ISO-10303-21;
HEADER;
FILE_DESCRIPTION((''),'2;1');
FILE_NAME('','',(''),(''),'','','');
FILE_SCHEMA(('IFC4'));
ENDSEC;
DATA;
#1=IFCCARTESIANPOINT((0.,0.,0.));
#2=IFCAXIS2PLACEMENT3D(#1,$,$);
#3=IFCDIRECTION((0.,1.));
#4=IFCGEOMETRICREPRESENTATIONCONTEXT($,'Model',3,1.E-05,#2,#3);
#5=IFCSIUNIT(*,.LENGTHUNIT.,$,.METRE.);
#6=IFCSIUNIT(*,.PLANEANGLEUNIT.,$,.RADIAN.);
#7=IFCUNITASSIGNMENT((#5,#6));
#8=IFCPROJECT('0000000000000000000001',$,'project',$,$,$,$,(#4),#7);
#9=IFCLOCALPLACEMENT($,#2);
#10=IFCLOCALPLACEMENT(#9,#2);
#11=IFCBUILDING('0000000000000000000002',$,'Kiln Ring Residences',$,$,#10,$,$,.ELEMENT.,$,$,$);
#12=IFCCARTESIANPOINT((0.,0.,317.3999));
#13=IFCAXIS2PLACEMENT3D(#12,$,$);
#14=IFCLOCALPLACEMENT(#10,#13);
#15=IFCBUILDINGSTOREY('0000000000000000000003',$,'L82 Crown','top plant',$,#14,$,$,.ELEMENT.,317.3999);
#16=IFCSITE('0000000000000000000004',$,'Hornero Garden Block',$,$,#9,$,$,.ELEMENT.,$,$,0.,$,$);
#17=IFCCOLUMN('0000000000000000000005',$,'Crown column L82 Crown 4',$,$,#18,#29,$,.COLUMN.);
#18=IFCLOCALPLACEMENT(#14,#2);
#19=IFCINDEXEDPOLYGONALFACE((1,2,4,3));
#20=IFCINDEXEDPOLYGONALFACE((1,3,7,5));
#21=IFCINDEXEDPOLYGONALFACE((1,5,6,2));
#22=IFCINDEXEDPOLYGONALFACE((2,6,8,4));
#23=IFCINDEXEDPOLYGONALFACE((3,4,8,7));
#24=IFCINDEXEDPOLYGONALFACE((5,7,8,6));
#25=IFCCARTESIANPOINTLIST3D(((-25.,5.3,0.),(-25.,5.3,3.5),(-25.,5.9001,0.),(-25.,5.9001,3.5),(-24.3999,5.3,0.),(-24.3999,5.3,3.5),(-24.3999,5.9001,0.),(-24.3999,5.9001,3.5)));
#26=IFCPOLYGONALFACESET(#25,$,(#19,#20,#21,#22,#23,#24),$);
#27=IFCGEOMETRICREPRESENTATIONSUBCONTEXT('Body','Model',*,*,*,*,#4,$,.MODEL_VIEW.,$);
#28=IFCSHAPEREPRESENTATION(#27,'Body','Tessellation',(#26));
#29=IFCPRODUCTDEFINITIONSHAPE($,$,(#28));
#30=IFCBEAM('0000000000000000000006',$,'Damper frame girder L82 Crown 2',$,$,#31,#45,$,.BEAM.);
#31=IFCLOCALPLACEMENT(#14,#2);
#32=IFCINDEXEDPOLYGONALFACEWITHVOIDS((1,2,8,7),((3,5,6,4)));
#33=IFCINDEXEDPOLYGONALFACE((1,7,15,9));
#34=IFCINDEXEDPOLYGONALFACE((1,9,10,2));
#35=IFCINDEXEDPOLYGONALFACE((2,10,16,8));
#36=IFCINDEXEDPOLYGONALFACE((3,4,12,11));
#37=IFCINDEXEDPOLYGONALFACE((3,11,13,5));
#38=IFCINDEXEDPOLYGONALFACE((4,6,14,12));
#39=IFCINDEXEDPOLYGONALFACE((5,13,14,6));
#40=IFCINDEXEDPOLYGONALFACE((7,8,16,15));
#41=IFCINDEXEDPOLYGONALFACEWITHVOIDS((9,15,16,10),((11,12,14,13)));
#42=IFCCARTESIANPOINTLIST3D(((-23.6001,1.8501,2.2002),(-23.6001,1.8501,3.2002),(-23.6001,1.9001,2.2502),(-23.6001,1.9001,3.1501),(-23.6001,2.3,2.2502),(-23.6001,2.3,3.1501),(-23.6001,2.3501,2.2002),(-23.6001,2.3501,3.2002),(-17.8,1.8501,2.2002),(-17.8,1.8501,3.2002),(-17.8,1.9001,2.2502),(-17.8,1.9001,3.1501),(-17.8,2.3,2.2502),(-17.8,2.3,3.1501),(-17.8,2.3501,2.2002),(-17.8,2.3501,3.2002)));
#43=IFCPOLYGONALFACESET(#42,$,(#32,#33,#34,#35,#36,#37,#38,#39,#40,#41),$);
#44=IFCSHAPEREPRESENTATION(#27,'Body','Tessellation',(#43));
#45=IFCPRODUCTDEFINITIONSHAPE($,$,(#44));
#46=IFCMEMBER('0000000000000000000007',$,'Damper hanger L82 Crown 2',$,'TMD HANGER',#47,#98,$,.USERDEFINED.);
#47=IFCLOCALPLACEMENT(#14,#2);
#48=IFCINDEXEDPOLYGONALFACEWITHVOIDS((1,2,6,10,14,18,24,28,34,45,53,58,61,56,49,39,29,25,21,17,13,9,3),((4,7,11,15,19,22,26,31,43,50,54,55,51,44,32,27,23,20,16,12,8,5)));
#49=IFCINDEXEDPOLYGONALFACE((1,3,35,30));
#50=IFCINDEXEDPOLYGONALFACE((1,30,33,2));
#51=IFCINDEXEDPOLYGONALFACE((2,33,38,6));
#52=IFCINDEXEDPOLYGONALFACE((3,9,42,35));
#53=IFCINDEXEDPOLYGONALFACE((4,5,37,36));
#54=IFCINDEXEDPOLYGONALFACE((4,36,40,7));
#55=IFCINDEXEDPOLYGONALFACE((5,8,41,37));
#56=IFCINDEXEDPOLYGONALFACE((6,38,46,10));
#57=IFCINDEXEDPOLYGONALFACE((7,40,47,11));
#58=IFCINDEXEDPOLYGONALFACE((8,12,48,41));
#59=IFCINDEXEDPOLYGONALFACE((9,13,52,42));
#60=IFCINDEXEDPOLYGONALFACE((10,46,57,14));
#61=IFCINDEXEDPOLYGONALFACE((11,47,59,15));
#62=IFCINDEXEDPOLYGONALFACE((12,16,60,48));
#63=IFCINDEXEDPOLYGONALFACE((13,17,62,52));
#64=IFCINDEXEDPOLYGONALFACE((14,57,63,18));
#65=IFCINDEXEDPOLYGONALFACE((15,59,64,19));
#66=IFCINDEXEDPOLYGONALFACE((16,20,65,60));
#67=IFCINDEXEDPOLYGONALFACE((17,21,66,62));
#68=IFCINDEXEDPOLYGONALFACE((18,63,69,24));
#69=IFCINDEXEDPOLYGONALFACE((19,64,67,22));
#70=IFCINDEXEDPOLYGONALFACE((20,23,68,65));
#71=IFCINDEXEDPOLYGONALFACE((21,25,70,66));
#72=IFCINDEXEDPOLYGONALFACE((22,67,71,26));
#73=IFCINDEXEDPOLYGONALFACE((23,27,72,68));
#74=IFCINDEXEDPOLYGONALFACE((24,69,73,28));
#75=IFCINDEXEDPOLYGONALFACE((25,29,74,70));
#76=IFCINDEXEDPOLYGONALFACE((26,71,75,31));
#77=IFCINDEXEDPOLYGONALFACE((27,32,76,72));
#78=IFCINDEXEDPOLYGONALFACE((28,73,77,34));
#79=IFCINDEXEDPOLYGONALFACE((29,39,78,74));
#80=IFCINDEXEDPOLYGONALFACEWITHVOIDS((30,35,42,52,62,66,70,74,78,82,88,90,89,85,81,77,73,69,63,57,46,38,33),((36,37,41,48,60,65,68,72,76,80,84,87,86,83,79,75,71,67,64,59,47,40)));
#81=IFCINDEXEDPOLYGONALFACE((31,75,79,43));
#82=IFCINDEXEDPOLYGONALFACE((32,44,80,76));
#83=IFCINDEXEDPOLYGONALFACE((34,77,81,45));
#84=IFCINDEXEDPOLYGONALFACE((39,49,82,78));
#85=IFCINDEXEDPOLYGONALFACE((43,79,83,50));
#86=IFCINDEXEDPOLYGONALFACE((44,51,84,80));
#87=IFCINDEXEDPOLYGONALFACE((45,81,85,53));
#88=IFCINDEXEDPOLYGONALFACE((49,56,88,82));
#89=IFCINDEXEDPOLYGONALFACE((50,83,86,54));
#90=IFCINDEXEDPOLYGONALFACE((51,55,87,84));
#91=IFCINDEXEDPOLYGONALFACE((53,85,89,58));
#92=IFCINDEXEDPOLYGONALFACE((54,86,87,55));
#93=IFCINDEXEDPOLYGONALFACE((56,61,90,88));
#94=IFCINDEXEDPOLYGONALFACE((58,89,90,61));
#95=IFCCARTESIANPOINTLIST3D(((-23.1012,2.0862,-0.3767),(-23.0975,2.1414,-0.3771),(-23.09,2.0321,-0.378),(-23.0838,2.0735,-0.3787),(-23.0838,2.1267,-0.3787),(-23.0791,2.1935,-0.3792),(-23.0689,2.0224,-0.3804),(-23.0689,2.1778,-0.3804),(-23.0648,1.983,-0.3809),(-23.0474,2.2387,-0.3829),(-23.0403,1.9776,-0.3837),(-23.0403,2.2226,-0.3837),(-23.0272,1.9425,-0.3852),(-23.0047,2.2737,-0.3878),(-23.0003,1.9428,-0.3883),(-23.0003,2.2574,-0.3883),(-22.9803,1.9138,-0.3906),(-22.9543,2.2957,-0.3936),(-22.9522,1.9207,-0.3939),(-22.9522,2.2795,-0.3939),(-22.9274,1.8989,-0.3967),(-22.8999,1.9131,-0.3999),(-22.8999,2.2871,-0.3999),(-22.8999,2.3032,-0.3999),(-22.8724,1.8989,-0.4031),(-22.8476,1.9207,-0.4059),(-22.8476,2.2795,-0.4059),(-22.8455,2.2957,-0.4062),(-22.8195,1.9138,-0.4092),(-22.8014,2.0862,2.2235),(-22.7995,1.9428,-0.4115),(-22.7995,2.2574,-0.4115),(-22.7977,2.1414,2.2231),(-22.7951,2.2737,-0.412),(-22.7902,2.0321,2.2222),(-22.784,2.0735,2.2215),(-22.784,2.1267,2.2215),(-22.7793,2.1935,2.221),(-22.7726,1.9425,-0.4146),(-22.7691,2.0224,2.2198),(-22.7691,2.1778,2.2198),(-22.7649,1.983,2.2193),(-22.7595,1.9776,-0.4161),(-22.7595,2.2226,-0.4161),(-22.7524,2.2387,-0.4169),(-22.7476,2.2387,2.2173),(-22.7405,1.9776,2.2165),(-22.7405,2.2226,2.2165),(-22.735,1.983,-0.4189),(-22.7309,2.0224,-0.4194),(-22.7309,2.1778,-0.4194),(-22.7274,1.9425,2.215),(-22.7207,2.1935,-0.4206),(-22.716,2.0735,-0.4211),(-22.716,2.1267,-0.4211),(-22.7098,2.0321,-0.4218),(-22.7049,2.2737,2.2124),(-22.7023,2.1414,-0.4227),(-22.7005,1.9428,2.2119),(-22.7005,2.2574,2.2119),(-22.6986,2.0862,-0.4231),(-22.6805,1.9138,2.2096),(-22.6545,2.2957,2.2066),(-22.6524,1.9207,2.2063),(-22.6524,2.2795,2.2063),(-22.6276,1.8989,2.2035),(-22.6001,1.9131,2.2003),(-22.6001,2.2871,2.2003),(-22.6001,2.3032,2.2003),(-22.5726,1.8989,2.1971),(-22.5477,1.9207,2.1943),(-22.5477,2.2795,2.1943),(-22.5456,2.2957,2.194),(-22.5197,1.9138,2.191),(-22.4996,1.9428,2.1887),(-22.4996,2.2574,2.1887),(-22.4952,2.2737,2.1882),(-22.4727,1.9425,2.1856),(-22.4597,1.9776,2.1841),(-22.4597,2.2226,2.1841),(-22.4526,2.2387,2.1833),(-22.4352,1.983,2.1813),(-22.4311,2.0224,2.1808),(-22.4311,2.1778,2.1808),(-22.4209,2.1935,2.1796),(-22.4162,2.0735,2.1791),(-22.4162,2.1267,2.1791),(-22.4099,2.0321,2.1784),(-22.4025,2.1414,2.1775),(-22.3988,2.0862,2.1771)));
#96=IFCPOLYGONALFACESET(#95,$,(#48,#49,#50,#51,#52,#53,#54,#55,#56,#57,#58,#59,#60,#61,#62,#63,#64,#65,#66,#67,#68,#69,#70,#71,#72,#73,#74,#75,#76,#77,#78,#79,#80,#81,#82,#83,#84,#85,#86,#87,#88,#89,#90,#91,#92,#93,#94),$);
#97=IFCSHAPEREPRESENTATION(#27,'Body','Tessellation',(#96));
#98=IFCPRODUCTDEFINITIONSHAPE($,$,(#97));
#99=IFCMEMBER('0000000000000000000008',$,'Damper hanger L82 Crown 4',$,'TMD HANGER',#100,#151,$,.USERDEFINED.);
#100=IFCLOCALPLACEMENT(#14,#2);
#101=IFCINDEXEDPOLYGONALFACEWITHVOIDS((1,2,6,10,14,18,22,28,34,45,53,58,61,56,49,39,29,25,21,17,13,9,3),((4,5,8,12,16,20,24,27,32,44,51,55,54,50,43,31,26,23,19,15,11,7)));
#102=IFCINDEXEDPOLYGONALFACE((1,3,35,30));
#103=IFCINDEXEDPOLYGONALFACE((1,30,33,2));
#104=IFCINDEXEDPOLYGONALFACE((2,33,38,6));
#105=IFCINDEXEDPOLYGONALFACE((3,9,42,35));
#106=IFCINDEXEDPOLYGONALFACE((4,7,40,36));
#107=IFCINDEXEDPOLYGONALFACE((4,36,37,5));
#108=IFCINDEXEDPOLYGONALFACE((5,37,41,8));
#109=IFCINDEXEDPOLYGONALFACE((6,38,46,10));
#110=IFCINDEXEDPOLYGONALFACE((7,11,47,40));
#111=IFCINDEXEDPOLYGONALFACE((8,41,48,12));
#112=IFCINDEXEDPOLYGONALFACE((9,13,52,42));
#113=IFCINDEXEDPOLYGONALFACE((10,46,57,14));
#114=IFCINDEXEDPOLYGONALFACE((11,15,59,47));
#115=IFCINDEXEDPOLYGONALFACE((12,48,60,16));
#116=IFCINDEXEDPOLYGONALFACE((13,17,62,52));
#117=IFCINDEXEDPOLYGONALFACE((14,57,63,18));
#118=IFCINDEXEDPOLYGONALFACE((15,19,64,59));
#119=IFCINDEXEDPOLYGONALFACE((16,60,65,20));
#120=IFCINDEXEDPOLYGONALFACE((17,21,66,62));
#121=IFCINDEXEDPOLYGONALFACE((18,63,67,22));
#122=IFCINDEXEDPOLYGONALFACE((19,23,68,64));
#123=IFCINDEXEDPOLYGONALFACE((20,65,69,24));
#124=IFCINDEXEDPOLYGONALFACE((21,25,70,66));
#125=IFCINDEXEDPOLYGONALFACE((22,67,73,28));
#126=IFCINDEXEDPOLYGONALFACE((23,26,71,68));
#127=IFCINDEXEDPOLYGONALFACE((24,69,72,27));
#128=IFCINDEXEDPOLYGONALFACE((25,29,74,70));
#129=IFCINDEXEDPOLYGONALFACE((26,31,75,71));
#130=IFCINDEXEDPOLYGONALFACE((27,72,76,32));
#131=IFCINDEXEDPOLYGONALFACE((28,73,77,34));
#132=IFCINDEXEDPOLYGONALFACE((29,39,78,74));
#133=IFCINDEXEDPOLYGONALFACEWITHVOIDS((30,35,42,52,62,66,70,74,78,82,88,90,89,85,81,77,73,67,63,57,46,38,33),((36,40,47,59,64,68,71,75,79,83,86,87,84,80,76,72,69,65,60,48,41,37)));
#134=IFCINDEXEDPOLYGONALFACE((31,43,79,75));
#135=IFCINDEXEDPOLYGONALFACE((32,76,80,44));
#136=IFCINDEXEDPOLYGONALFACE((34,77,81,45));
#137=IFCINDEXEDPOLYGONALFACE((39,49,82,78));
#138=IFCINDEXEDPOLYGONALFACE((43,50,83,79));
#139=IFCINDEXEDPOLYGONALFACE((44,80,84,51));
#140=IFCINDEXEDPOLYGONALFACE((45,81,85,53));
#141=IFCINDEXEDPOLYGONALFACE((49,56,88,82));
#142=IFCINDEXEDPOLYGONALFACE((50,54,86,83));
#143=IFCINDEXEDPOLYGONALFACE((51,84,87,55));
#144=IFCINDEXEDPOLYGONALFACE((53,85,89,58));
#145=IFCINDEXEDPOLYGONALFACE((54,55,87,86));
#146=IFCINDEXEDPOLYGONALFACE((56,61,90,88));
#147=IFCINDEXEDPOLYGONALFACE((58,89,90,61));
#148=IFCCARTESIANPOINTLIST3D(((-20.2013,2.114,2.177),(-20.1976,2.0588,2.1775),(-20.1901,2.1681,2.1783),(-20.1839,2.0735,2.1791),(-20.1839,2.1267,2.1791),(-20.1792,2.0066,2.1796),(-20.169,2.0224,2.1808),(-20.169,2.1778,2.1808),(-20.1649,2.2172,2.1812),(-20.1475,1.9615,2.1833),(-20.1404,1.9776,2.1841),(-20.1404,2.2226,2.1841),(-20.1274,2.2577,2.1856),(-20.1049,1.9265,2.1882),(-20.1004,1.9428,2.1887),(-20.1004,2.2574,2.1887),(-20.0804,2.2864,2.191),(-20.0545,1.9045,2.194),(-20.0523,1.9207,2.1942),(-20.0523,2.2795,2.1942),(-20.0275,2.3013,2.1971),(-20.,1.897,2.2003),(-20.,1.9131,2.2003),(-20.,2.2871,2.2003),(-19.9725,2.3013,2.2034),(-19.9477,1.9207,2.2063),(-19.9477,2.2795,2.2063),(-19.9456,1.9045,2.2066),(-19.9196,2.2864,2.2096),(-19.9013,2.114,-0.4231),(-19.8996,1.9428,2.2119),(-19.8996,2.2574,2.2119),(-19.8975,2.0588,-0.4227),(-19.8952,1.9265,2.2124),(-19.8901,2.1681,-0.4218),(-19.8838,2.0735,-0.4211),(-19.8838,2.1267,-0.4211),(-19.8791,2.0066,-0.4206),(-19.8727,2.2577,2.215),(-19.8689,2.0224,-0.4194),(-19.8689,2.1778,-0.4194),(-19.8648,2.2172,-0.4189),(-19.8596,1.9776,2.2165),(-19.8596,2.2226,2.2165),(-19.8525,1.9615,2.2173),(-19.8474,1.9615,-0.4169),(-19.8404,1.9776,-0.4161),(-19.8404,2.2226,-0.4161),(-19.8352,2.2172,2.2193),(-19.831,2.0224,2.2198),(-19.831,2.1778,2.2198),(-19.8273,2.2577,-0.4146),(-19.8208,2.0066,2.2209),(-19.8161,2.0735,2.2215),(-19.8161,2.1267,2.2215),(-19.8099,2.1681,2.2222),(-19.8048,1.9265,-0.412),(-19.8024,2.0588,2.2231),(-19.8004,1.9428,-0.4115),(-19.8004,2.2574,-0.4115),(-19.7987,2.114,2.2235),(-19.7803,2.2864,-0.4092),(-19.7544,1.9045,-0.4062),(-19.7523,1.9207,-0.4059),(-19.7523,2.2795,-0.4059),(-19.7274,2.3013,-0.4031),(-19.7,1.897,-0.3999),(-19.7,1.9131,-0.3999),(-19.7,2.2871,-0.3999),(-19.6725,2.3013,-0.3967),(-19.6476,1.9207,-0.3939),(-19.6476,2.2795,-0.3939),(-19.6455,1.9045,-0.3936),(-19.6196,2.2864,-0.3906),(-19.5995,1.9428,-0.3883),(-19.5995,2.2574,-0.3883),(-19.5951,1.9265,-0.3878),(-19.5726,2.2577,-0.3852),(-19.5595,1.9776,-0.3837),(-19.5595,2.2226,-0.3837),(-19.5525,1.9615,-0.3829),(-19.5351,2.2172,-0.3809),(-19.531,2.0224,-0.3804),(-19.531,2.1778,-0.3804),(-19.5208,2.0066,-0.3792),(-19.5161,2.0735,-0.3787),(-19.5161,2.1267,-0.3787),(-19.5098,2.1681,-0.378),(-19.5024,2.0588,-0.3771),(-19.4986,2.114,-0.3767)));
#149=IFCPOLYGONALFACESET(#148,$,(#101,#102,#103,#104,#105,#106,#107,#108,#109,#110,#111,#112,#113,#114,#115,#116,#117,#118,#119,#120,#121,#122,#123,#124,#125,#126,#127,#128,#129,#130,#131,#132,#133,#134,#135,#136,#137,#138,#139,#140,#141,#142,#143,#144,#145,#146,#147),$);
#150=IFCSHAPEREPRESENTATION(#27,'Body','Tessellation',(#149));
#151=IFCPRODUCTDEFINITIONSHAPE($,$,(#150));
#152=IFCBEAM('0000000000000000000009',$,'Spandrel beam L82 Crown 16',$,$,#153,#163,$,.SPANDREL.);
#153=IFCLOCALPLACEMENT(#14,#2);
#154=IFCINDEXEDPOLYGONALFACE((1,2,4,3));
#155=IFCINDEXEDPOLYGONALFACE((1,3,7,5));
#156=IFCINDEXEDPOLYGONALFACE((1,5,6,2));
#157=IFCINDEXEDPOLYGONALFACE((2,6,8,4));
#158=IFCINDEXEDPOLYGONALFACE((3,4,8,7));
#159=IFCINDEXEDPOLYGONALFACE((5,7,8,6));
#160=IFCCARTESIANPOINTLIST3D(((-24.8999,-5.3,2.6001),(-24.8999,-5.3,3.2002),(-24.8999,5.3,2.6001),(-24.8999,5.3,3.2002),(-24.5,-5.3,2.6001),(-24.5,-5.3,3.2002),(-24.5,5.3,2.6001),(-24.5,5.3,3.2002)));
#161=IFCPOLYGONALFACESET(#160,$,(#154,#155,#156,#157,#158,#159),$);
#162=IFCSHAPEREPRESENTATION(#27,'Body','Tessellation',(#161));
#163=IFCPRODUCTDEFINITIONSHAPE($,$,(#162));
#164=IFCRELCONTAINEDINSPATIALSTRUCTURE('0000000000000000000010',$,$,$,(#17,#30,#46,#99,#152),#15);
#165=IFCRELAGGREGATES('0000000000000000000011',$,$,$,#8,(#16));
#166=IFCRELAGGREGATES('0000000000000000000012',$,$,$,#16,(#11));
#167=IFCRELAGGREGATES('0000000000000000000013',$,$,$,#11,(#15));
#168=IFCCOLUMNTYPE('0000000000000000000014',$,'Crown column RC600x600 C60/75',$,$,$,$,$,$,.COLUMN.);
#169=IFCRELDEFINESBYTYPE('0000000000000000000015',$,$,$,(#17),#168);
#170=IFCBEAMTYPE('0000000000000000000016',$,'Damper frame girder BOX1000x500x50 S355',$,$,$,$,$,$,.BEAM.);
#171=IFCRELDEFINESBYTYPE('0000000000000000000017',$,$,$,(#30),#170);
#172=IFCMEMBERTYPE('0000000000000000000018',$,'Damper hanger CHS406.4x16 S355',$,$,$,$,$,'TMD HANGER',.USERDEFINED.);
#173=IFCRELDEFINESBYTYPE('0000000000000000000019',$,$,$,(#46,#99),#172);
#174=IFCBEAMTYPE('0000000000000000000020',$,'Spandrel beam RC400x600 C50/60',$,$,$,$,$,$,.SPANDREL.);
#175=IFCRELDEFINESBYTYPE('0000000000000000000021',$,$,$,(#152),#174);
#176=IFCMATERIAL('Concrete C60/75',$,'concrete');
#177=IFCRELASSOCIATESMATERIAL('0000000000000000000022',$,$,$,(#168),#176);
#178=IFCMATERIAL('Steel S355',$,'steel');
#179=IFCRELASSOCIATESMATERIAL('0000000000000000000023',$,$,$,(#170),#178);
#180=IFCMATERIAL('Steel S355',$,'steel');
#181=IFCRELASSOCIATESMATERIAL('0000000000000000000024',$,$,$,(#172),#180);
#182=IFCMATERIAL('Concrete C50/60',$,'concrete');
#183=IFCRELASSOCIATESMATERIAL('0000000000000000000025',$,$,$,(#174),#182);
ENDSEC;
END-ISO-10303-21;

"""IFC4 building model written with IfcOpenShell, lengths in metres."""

from ifc_helpers import new_model, si_unit, direction, frame, origin, origin_2d, place, context, subcontext, project, spatial, rectangle, hollow_rectangle, hollow_circle, extrude, material, material_profile, profile_set, type_object, element, save


model = new_model("IFC4")

# Units and contexts
model_context = context("Model", 3, precision=1e-05, world=origin(), true_north=direction((0.0, 1.0)))
body_context = subcontext(model_context, "Body", "Model", "MODEL_VIEW")
ifc_project = project(units=[si_unit("LENGTHUNIT", "METRE"), si_unit("PLANEANGLEUNIT", "RADIAN")], contexts=[model_context])

# Site, building, storey
site_placement = place(None, origin())
site = spatial("IfcSite", under=ifc_project, at=site_placement, Name="Hornero Garden Block", CompositionType="ELEMENT", RefElevation=0.0)
building_placement = place(site_placement, origin())
building = spatial("IfcBuilding", under=site, at=building_placement, Name="Kiln Ring Residences", CompositionType="ELEMENT")
storey_placement = place(building_placement, frame((0.0, 0.0, 317.3999)))
storey = spatial("IfcBuildingStorey", under=building, at=storey_placement, Name="L82 Crown", Description="top plant", CompositionType="ELEMENT", Elevation=317.3999)

# Column
ifc_material_1 = material(Name="Concrete C60/75", Category="concrete")
ifc_material_profile_1 = material_profile(ifc_material_1, rectangle(XDim=0.6001, YDim=0.6001, at=origin_2d()), Name="RC600x600")
ifc_profile_set_1 = profile_set([ifc_material_profile_1], Name="Concrete C60/75")
column_type = type_object("IfcColumnType", Name="Crown column RC600x600 C60/75", PredefinedType="COLUMN", material=ifc_profile_set_1)
column_placement = place(storey_placement, frame((-24.7, 5.6001, 0.0), z_axis=(0.0, 0.0, 1.0), x_axis=(1.0, 0.0, 0.0)))
element("IfcColumn", 1, at=column_placement, inside=storey, type_object=column_type, Name="Crown column L82 Crown 4", PredefinedType="COLUMN", context=body_context, shape_type="SweptSolid", body=[
    extrude(rectangle(XDim=0.6001, YDim=0.6001, at=origin_2d()), origin(), (0.0, 0.0, 1.0), 3.5),
])

# Beam
ifc_material_2 = material(Name="Steel S355", Category="steel")
ifc_material_profile_2 = material_profile(ifc_material_2, hollow_rectangle(XDim=0.5, YDim=1.0, WallThickness=0.05, at=origin_2d()), Name="BOX1000x500x50")
ifc_profile_set_2 = profile_set([ifc_material_profile_2], Name="Steel S355")
beam_type_1 = type_object("IfcBeamType", Name="Damper frame girder BOX1000x500x50 S355", PredefinedType="BEAM", material=ifc_profile_set_2)
beam_1_placement = place(storey_placement, frame((-23.6001, 2.1001, 2.7002), z_axis=(1.0, 0.0, 0.0), x_axis=(0.0, 1.0, 0.0)))
element("IfcBeam", 2, at=beam_1_placement, inside=storey, type_object=beam_type_1, Name="Damper frame girder L82 Crown 2", PredefinedType="BEAM", context=body_context, shape_type="SweptSolid", body=[
    extrude(hollow_rectangle(XDim=0.5, YDim=1.0, WallThickness=0.05, at=origin_2d()), origin(), (0.0, 0.0, 1.0), 5.8),
])

# Members
ifc_material_3 = material(Name="Steel S355", Category="steel")
ifc_material_profile_3 = material_profile(ifc_material_3, hollow_circle(Radius=0.2031, WallThickness=0.0161, at=origin_2d()), Name="CHS406.4x16")
ifc_profile_set_3 = profile_set([ifc_material_profile_3], Name="Steel S355")
member_type_1 = type_object("IfcMemberType", Name="Damper hanger CHS406.4x16 S355", ElementType="TMD HANGER", PredefinedType="USERDEFINED", material=ifc_profile_set_3)
for number, where, z_axis, x_axis, name in (
    (3, (-22.8999, 2.1001, -0.3999), (0.114546, 0.0, 0.993418), (0.0, 1.0, 0.0), "Damper hanger L82 Crown 2"),
    (4, (-19.7, 2.1001, -0.3999), (-0.114638, 0.0, 0.993407), (0.0, -1.0, 0.0), "Damper hanger L82 Crown 4"),
):
    element("IfcMember", number, at=place(storey_placement, frame(where, z_axis=z_axis, x_axis=x_axis)), inside=storey, type_object=member_type_1, Name=name, ObjectType="TMD HANGER", PredefinedType="USERDEFINED", context=body_context, shape_type="SweptSolid", body=[
        extrude(hollow_circle(Radius=0.2031, WallThickness=0.0161, at=origin_2d()), origin(), (0.0, 0.0, 1.0), 2.6174),
    ])

# Beam
ifc_material_4 = material(Name="Concrete C50/60", Category="concrete")
ifc_material_profile_4 = material_profile(ifc_material_4, rectangle(XDim=0.3999, YDim=0.6001, at=origin_2d()), Name="RC400x600")
ifc_profile_set_4 = profile_set([ifc_material_profile_4], Name="Concrete C50/60")
beam_type_2 = type_object("IfcBeamType", Name="Spandrel beam RC400x600 C50/60", PredefinedType="SPANDREL", material=ifc_profile_set_4)
beam_2_placement = place(storey_placement, frame((-24.7, 5.3, 2.9001), z_axis=(0.0, -1.0, 0.0), x_axis=(1.0, 0.0, 0.0)))
element("IfcBeam", 5, at=beam_2_placement, inside=storey, type_object=beam_type_2, Name="Spandrel beam L82 Crown 16", PredefinedType="SPANDREL", context=body_context, shape_type="SweptSolid", body=[
    extrude(rectangle(XDim=0.3999, YDim=0.6001, at=origin_2d()), origin(), (0.0, 0.0, 1.0), 10.6001),
])

save(model, "model.ifc")
